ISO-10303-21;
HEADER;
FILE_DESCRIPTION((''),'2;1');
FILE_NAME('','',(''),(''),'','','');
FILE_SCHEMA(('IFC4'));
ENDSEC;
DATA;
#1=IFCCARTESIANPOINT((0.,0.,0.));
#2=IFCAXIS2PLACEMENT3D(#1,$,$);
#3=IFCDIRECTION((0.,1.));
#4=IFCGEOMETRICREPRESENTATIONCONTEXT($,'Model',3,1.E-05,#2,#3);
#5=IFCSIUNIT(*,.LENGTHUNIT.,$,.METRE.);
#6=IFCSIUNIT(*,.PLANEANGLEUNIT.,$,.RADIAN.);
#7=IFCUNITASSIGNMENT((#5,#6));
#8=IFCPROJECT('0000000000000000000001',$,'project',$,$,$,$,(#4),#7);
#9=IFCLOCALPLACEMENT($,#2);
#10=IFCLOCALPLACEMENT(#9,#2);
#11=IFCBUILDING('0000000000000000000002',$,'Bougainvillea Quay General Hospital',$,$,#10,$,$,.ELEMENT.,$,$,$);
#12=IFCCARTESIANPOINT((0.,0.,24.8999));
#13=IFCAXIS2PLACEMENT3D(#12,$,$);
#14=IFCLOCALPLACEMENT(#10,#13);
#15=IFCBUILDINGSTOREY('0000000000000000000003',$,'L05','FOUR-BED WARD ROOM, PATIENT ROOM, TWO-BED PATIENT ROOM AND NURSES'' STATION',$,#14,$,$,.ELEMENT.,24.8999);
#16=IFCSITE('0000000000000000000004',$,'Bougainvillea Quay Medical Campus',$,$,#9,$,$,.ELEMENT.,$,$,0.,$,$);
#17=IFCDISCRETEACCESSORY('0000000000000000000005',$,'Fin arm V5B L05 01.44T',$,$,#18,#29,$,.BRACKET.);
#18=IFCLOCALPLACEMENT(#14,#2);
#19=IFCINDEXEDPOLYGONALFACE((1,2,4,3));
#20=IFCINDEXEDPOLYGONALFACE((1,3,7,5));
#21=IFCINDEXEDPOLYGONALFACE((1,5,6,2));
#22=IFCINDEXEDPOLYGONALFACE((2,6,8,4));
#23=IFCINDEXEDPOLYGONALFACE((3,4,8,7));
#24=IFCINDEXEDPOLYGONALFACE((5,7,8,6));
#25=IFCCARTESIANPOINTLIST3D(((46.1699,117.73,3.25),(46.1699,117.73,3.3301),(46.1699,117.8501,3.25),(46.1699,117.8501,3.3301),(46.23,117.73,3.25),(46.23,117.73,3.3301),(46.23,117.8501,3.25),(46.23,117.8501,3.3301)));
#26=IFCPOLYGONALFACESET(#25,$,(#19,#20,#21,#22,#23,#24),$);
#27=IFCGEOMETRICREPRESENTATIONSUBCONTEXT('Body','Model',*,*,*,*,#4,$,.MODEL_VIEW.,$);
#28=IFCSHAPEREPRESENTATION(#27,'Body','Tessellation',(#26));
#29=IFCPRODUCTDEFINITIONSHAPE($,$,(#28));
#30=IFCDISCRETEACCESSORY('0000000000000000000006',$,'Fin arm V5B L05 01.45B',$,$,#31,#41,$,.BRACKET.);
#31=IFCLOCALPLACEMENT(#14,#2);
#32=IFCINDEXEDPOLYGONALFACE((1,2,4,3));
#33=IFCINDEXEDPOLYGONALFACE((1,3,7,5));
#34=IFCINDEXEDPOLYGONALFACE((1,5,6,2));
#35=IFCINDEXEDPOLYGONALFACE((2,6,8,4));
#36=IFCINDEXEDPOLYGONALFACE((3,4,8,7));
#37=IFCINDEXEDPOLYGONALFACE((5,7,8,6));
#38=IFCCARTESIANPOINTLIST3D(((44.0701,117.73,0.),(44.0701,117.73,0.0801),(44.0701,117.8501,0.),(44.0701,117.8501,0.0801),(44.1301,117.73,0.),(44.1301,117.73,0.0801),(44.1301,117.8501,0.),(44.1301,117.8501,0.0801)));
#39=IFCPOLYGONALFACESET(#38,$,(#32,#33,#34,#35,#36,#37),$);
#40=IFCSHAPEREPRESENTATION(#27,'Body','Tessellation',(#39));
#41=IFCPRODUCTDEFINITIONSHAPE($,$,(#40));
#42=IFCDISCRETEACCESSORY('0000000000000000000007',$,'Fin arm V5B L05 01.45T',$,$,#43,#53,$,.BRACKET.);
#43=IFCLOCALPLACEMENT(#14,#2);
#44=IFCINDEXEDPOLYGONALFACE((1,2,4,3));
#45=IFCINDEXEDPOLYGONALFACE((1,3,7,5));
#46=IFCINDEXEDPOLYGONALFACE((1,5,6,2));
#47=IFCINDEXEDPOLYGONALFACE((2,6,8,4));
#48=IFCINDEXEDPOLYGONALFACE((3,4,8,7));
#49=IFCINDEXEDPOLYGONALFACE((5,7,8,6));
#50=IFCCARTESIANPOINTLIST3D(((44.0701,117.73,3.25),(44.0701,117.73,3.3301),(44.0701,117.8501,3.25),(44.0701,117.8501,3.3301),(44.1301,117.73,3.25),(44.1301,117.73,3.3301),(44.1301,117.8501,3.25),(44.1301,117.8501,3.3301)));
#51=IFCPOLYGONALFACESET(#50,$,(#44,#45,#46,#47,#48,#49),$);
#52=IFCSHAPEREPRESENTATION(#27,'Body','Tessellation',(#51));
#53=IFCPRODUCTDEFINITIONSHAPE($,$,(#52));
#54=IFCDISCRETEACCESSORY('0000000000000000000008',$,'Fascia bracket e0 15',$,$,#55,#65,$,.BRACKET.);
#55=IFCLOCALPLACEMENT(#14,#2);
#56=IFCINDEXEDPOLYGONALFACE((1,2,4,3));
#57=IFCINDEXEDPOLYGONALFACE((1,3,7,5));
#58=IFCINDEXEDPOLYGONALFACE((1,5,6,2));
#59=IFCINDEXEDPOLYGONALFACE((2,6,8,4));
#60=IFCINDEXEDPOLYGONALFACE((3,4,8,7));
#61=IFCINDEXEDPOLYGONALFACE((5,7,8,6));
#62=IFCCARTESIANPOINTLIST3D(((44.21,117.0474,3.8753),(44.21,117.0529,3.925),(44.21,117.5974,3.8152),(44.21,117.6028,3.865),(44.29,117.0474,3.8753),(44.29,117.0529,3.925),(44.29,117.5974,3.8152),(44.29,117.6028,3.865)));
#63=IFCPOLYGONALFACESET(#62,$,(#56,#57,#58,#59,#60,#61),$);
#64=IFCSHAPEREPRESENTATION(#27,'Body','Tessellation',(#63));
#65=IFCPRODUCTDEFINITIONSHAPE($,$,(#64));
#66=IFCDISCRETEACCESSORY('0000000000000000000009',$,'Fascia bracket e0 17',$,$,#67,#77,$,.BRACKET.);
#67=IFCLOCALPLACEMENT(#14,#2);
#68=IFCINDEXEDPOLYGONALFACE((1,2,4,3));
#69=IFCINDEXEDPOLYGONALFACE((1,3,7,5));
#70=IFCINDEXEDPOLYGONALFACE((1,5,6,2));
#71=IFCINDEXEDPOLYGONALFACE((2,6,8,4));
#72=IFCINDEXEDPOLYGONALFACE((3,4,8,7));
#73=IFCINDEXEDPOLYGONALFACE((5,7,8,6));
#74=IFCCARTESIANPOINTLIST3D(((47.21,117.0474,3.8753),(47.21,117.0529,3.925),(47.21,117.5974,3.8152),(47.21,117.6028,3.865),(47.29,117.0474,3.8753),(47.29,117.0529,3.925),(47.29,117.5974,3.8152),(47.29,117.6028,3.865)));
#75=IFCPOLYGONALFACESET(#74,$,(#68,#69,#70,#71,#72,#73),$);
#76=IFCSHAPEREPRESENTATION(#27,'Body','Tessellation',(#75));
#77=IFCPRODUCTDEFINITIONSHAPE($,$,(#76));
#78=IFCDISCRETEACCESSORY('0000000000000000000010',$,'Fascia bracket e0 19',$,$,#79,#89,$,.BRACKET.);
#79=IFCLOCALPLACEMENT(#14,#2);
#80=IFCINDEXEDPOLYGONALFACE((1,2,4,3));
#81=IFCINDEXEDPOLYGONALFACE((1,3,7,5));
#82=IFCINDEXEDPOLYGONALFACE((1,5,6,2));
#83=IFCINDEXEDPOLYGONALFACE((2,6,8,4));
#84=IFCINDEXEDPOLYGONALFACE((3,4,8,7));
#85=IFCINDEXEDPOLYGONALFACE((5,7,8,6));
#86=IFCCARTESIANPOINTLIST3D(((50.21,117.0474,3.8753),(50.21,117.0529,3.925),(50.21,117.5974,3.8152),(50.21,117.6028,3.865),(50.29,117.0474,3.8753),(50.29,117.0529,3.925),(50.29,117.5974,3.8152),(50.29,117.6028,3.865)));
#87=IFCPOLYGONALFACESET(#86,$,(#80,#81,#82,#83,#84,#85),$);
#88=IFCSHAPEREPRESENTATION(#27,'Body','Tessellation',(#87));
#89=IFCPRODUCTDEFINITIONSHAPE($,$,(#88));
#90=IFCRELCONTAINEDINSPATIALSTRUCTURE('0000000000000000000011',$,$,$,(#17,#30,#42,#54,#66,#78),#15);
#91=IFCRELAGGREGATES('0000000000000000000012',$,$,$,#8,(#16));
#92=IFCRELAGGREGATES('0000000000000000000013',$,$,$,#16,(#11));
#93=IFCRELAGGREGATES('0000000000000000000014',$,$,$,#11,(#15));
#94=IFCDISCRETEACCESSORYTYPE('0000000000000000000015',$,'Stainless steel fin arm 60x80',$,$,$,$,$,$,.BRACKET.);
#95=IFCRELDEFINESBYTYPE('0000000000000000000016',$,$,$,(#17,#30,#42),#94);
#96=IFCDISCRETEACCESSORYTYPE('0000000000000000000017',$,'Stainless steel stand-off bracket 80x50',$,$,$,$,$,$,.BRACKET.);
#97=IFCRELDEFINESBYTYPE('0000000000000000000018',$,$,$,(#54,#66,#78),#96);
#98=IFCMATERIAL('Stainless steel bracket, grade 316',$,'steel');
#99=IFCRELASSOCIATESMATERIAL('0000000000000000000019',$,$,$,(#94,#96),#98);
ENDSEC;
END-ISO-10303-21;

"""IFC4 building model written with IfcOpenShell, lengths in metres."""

from ifc_helpers import new_model, si_unit, direction, frame, origin, origin_2d, place, context, subcontext, project, spatial, rectangle, extrude, material, material_profile, profile_set, type_object, element, save


model = new_model("IFC4")

# Units and contexts
model_context = context("Model", 3, precision=1e-05, world=origin(), true_north=direction((0.0, 1.0)))
body_context = subcontext(model_context, "Body", "Model", "MODEL_VIEW")
ifc_project = project(units=[si_unit("LENGTHUNIT", "METRE"), si_unit("PLANEANGLEUNIT", "RADIAN")], contexts=[model_context])

# Site, building, storey
site_placement = place(None, origin())
site = spatial("IfcSite", under=ifc_project, at=site_placement, Name="Bougainvillea Quay Medical Campus", CompositionType="ELEMENT", RefElevation=0.0)
building_placement = place(site_placement, origin())
building = spatial("IfcBuilding", under=site, at=building_placement, Name="Bougainvillea Quay General Hospital", CompositionType="ELEMENT")
storey_placement = place(building_placement, frame((0.0, 0.0, 24.8999)))
storey = spatial("IfcBuildingStorey", under=building, at=storey_placement, Name="L05", Description="FOUR-BED WARD ROOM, PATIENT ROOM, TWO-BED PATIENT ROOM AND NURSES' STATION", CompositionType="ELEMENT", Elevation=24.8999)

# Discrete accessories
ifc_material_1 = material(Name="Stainless steel bracket, grade 316", Category="steel")
discrete_accessory_type_1 = type_object("IfcDiscreteAccessoryType", Name="Stainless steel fin arm 60x80", PredefinedType="BRACKET", material=ifc_material_1)
for number, where, z_axis, x_axis, name in (
    (1, (46.2, 117.79, 3.25), (0.0, 0.0, 1.0), (0.0, -1.0, 0.0), "Fin arm V5B L05 01.44T"),
    (2, (44.1001, 117.79, 0.0), (0.0, 0.0, 1.0), (0.0, -1.0, 0.0), "Fin arm V5B L05 01.45B"),
    (3, (44.1001, 117.79, 3.25), (0.0, 0.0, 1.0), (0.0, -1.0, 0.0), "Fin arm V5B L05 01.45T"),
):
    element("IfcDiscreteAccessory", number, at=place(storey_placement, frame(where, z_axis=z_axis, x_axis=x_axis)), inside=storey, type_object=discrete_accessory_type_1, Name=name, PredefinedType="BRACKET", context=body_context, shape_type="SweptSolid", body=[
        extrude(rectangle(XDim=0.1201, YDim=0.0601, at=origin_2d()), origin(), (0.0, 0.0, 1.0), 0.0801),
    ])
ifc_material_profile_1 = material_profile(ifc_material_1, rectangle(XDim=0.0801, YDim=0.05, at=origin_2d()))
ifc_profile_set_1 = profile_set([ifc_material_profile_1], Name="Stainless steel bracket, grade 316")
discrete_accessory_type_2 = type_object("IfcDiscreteAccessoryType", Name="Stainless steel stand-off bracket 80x50", PredefinedType="BRACKET", material=ifc_profile_set_1)
for number, where, z_axis, x_axis, name in (
    (4, (44.25, 117.6001, 3.8401), (0.0, -0.994092, 0.108543), (1.0, 0.0, 0.0), "Fascia bracket e0 15"),
    (5, (47.25, 117.6001, 3.8401), (0.0, -0.994092, 0.108543), (1.0, 0.0, 0.0), "Fascia bracket e0 17"),
    (6, (50.25, 117.6001, 3.8401), (0.0, -0.994092, 0.108543), (1.0, 0.0, 0.0), "Fascia bracket e0 19"),
):
    element("IfcDiscreteAccessory", number, at=place(storey_placement, frame(where, z_axis=z_axis, x_axis=x_axis)), inside=storey, type_object=discrete_accessory_type_2, Name=name, PredefinedType="BRACKET", context=body_context, shape_type="SweptSolid", body=[
        extrude(rectangle(XDim=0.0801, YDim=0.05, at=origin_2d()), origin(), (0.0, 0.0, 1.0), 0.5532),
    ])

save(model, "model.ifc")
